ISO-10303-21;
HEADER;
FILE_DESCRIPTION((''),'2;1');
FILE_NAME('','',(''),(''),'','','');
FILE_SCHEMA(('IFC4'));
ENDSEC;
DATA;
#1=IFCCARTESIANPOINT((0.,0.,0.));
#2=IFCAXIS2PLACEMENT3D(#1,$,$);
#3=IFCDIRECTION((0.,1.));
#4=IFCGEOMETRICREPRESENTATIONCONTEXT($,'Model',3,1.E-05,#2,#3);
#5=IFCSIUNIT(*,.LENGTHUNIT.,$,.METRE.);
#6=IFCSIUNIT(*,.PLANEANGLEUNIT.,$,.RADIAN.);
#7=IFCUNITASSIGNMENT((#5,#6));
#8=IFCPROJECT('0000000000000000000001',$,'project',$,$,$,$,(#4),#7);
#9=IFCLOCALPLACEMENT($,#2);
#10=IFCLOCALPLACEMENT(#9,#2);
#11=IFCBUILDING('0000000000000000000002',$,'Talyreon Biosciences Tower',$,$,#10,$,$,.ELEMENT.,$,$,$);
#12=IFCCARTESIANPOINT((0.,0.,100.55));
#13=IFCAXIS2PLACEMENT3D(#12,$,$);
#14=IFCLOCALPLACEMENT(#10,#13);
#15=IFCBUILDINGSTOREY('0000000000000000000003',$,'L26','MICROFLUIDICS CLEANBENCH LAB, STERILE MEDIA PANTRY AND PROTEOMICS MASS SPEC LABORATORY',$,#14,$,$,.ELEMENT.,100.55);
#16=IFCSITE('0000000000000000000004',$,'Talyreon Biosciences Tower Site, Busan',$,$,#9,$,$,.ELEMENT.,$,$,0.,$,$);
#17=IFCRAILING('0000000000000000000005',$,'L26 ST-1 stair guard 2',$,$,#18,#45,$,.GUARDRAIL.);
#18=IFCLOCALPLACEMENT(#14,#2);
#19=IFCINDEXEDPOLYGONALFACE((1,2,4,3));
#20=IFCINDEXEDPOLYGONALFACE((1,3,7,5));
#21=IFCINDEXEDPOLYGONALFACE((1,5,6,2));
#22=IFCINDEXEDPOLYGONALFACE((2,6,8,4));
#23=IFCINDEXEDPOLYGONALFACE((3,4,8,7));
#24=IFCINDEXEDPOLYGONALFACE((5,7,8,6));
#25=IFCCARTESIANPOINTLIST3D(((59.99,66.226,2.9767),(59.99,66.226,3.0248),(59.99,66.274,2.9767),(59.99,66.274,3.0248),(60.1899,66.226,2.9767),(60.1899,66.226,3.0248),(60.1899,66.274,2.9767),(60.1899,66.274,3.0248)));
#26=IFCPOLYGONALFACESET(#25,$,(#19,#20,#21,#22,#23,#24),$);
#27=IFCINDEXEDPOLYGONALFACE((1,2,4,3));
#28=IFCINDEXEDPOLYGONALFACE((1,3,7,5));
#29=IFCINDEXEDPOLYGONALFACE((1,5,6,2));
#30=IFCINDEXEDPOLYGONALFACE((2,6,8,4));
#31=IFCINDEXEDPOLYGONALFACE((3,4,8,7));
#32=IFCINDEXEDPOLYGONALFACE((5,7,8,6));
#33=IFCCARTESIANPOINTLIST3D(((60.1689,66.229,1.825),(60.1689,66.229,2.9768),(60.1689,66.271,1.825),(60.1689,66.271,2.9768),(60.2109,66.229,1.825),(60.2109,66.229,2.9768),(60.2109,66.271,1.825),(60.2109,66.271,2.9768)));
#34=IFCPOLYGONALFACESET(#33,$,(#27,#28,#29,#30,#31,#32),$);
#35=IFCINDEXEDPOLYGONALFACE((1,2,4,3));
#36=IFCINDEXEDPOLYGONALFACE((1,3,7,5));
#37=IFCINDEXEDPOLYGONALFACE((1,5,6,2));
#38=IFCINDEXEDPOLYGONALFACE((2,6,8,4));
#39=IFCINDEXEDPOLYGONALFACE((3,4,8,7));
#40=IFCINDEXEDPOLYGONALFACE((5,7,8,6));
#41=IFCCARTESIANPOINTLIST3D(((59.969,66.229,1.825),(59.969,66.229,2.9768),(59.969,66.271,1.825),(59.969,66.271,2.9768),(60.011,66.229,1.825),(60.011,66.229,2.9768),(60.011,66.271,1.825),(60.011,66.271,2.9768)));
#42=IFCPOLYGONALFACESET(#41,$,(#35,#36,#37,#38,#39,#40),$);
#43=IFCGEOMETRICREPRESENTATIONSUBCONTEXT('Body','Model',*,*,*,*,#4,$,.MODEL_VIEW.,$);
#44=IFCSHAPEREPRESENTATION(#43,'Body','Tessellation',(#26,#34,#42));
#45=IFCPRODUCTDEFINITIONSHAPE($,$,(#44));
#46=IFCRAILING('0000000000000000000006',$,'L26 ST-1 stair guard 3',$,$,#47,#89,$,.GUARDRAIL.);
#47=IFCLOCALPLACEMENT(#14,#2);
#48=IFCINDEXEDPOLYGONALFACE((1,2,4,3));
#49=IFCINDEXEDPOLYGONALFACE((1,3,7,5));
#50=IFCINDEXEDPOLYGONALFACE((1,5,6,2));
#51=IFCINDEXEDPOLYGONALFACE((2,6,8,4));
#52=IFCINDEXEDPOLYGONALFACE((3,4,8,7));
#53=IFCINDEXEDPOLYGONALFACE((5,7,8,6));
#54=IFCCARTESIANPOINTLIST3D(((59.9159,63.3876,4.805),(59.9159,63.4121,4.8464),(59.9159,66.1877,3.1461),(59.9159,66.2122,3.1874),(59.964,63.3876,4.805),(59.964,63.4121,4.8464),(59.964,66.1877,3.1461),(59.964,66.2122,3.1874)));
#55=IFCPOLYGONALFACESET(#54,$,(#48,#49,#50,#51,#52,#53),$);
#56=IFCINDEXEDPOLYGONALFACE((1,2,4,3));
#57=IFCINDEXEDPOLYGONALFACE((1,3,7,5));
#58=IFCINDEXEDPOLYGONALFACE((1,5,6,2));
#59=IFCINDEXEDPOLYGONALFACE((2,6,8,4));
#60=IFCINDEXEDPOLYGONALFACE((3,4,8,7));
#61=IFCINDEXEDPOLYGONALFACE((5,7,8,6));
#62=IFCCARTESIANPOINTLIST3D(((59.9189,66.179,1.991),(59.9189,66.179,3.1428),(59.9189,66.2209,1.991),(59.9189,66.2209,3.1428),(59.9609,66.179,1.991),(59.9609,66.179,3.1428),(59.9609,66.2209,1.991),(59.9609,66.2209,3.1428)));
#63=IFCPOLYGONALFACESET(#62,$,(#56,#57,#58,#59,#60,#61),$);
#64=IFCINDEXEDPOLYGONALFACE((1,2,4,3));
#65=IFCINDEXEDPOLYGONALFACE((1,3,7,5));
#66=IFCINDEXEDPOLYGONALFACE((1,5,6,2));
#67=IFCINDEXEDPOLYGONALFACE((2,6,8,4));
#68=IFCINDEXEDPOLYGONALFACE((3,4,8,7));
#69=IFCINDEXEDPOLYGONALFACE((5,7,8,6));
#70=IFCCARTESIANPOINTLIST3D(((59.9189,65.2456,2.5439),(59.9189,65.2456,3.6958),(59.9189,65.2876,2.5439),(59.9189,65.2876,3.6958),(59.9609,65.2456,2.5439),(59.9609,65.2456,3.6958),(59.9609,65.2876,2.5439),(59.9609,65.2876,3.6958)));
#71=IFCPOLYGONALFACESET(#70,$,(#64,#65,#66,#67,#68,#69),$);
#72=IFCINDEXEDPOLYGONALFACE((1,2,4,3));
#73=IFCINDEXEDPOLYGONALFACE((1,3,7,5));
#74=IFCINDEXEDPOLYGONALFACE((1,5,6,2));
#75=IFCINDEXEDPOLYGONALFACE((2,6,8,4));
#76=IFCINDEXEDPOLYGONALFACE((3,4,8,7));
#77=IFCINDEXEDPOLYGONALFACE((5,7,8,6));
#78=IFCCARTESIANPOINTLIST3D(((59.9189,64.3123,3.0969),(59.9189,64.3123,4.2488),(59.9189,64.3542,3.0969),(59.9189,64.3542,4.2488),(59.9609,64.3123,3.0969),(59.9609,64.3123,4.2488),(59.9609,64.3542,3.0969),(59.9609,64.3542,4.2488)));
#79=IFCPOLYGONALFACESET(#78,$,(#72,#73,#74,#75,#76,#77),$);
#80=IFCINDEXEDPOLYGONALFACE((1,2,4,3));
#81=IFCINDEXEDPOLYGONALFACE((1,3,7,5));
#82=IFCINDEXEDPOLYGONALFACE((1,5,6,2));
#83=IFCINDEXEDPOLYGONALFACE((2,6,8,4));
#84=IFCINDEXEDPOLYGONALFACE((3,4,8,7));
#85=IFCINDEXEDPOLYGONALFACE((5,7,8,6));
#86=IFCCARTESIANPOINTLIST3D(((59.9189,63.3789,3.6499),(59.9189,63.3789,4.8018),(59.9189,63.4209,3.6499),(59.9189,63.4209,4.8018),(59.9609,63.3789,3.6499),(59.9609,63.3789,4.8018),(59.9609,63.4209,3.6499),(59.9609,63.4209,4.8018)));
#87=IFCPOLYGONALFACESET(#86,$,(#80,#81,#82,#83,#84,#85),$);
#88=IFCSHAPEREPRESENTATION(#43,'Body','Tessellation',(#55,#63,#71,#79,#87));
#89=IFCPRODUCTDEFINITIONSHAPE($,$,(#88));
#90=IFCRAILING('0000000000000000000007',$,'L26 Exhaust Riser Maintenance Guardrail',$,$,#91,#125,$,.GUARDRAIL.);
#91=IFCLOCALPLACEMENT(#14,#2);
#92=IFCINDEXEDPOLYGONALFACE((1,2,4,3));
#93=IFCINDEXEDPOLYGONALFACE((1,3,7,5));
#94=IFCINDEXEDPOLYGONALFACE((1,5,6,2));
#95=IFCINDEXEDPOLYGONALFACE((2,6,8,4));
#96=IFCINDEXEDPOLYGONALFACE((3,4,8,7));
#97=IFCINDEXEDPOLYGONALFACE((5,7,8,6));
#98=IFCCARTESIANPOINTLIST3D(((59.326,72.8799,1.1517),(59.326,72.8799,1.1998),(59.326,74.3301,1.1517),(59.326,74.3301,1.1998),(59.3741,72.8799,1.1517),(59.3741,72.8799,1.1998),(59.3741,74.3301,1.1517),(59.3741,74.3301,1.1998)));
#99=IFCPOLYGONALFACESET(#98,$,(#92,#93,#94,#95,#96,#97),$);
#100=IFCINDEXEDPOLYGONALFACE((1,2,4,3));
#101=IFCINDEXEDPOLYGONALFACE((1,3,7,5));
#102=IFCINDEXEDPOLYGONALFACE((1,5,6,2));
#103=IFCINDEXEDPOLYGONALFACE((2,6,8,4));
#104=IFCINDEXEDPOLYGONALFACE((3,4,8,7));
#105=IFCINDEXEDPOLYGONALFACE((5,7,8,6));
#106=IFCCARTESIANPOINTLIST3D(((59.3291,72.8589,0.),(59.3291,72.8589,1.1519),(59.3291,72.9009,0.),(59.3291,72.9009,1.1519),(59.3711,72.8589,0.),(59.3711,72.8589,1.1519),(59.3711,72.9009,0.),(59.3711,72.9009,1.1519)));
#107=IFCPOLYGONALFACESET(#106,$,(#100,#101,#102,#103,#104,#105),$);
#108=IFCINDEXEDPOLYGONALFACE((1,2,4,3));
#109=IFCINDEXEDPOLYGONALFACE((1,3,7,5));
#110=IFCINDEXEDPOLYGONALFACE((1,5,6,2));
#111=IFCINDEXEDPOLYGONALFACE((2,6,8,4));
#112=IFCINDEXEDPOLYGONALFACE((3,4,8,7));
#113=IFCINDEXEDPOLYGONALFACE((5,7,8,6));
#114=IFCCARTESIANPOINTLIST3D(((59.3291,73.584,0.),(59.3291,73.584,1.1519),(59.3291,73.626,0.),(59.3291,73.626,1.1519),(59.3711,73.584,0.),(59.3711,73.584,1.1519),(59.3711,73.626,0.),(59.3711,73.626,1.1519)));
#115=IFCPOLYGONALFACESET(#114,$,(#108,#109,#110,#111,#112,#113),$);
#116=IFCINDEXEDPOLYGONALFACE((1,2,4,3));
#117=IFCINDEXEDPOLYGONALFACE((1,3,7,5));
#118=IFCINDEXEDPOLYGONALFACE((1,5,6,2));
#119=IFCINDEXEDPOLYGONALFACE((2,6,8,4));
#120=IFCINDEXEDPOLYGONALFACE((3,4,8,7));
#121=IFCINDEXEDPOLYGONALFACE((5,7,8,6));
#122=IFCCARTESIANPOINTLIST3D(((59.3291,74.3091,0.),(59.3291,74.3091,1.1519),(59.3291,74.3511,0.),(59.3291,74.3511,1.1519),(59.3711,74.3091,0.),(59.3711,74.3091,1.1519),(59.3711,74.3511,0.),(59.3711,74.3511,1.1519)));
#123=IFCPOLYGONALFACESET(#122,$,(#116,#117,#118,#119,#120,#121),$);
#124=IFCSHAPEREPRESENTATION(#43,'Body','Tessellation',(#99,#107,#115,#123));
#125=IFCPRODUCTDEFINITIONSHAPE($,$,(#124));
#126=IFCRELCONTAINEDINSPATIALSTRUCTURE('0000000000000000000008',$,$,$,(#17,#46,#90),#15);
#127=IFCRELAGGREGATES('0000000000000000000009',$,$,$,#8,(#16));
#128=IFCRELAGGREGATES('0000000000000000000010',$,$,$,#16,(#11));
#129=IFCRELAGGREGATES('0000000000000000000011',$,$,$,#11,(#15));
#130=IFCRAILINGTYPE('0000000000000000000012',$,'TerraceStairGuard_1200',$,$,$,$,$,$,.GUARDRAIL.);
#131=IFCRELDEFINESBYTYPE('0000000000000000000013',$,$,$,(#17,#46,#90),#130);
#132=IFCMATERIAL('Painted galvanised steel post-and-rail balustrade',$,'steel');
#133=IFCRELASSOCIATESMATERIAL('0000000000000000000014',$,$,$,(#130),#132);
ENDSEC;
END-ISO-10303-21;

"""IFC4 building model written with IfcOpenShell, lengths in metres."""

from ifc_helpers import new_model, si_unit, direction, frame, origin, origin_2d, place, context, subcontext, project, spatial, rectangle, extrude, material, type_object, element, save


model = new_model("IFC4")

# Units and contexts
model_context = context("Model", 3, precision=1e-05, world=origin(), true_north=direction((0.0, 1.0)))
body_context = subcontext(model_context, "Body", "Model", "MODEL_VIEW")
ifc_project = project(units=[si_unit("LENGTHUNIT", "METRE"), si_unit("PLANEANGLEUNIT", "RADIAN")], contexts=[model_context])

# Site, building, storey
site_placement = place(None, origin())
site = spatial("IfcSite", under=ifc_project, at=site_placement, Name="Talyreon Biosciences Tower Site, Busan", CompositionType="ELEMENT", RefElevation=0.0)
building_placement = place(site_placement, origin())
building = spatial("IfcBuilding", under=site, at=building_placement, Name="Talyreon Biosciences Tower", CompositionType="ELEMENT")
storey_placement = place(building_placement, frame((0.0, 0.0, 100.55)))
storey = spatial("IfcBuildingStorey", under=building, at=storey_placement, Name="L26", Description="MICROFLUIDICS CLEANBENCH LAB, STERILE MEDIA PANTRY AND PROTEOMICS MASS SPEC LABORATORY", CompositionType="ELEMENT", Elevation=100.55)

# Railings
ifc_material_1 = material(Name="Painted galvanised steel post-and-rail balustrade", Category="steel")
railing_type_1 = type_object("IfcRailingType", Name="TerraceStairGuard_1200", PredefinedType="GUARDRAIL", material=ifc_material_1)
railing_1_placement = place(storey_placement, frame((60.1899, 66.25, 1.825)))
element("IfcRailing", 1, at=railing_1_placement, inside=storey, type_object=railing_type_1, Name="L26 ST-1 stair guard 2", PredefinedType="GUARDRAIL", context=body_context, shape_type="SweptSolid", body=[
    extrude(rectangle(XDim=0.0481, YDim=0.0481, at=origin_2d()), frame((0.0, 0.0, 1.1758), z_axis=(-1.0, 0.0, 0.0), x_axis=(0.0, -1.0, 0.0)), (0.0, 0.0, 1.0), 0.2),
    extrude(rectangle(XDim=0.042, YDim=0.042, at=origin_2d()), origin(), (0.0, 0.0, 1.0), 1.1519),
    extrude(rectangle(XDim=0.042, YDim=0.042, at=origin_2d()), frame((-0.2, 0.0, 0.0)), (0.0, 0.0, 1.0), 1.1519),
])
railing_2_placement = place(storey_placement, frame((59.9399, 66.2, 1.991)))
element("IfcRailing", 2, at=railing_2_placement, inside=storey, type_object=railing_type_1, Name="L26 ST-1 stair guard 3", PredefinedType="GUARDRAIL", context=body_context, shape_type="SweptSolid", body=[
    extrude(rectangle(XDim=0.0481, YDim=0.0481, at=origin_2d()), frame((0.0, 0.0, 1.1758), z_axis=(0.0, -0.860339, 0.509722), x_axis=(1.0, 0.0, 0.0)), (0.0, 0.0, 1.0), 3.2546),
    extrude(rectangle(XDim=0.042, YDim=0.042, at=origin_2d()), origin(), (0.0, 0.0, 1.0), 1.1519),
    extrude(rectangle(XDim=0.042, YDim=0.042, at=origin_2d()), frame((0.0, -0.9333, 0.553)), (0.0, 0.0, 1.0), 1.1519),
    extrude(rectangle(XDim=0.042, YDim=0.042, at=origin_2d()), frame((0.0, -1.8667, 1.106)), (0.0, 0.0, 1.0), 1.1519),
    extrude(rectangle(XDim=0.042, YDim=0.042, at=origin_2d()), frame((0.0, -2.8, 1.6589)), (0.0, 0.0, 1.0), 1.1519),
])
railing_3_placement = place(storey_placement, frame((59.3501, 72.8799, 0.0)))
element("IfcRailing", 3, at=railing_3_placement, inside=storey, type_object=railing_type_1, Name="L26 Exhaust Riser Maintenance Guardrail", PredefinedType="GUARDRAIL", context=body_context, shape_type="SweptSolid", body=[
    extrude(rectangle(XDim=0.0481, YDim=0.0481, at=origin_2d()), frame((0.0, 0.0, 1.1758), z_axis=(0.0, 1.0, 0.0), x_axis=(-1.0, 0.0, 0.0)), (0.0, 0.0, 1.0), 1.4502),
    extrude(rectangle(XDim=0.042, YDim=0.042, at=origin_2d()), origin(), (0.0, 0.0, 1.0), 1.1519),
    extrude(rectangle(XDim=0.042, YDim=0.042, at=origin_2d()), frame((0.0, 0.7251, 0.0)), (0.0, 0.0, 1.0), 1.1519),
    extrude(rectangle(XDim=0.042, YDim=0.042, at=origin_2d()), frame((0.0, 1.4502, 0.0)), (0.0, 0.0, 1.0), 1.1519),
])

save(model, "model.ifc")
